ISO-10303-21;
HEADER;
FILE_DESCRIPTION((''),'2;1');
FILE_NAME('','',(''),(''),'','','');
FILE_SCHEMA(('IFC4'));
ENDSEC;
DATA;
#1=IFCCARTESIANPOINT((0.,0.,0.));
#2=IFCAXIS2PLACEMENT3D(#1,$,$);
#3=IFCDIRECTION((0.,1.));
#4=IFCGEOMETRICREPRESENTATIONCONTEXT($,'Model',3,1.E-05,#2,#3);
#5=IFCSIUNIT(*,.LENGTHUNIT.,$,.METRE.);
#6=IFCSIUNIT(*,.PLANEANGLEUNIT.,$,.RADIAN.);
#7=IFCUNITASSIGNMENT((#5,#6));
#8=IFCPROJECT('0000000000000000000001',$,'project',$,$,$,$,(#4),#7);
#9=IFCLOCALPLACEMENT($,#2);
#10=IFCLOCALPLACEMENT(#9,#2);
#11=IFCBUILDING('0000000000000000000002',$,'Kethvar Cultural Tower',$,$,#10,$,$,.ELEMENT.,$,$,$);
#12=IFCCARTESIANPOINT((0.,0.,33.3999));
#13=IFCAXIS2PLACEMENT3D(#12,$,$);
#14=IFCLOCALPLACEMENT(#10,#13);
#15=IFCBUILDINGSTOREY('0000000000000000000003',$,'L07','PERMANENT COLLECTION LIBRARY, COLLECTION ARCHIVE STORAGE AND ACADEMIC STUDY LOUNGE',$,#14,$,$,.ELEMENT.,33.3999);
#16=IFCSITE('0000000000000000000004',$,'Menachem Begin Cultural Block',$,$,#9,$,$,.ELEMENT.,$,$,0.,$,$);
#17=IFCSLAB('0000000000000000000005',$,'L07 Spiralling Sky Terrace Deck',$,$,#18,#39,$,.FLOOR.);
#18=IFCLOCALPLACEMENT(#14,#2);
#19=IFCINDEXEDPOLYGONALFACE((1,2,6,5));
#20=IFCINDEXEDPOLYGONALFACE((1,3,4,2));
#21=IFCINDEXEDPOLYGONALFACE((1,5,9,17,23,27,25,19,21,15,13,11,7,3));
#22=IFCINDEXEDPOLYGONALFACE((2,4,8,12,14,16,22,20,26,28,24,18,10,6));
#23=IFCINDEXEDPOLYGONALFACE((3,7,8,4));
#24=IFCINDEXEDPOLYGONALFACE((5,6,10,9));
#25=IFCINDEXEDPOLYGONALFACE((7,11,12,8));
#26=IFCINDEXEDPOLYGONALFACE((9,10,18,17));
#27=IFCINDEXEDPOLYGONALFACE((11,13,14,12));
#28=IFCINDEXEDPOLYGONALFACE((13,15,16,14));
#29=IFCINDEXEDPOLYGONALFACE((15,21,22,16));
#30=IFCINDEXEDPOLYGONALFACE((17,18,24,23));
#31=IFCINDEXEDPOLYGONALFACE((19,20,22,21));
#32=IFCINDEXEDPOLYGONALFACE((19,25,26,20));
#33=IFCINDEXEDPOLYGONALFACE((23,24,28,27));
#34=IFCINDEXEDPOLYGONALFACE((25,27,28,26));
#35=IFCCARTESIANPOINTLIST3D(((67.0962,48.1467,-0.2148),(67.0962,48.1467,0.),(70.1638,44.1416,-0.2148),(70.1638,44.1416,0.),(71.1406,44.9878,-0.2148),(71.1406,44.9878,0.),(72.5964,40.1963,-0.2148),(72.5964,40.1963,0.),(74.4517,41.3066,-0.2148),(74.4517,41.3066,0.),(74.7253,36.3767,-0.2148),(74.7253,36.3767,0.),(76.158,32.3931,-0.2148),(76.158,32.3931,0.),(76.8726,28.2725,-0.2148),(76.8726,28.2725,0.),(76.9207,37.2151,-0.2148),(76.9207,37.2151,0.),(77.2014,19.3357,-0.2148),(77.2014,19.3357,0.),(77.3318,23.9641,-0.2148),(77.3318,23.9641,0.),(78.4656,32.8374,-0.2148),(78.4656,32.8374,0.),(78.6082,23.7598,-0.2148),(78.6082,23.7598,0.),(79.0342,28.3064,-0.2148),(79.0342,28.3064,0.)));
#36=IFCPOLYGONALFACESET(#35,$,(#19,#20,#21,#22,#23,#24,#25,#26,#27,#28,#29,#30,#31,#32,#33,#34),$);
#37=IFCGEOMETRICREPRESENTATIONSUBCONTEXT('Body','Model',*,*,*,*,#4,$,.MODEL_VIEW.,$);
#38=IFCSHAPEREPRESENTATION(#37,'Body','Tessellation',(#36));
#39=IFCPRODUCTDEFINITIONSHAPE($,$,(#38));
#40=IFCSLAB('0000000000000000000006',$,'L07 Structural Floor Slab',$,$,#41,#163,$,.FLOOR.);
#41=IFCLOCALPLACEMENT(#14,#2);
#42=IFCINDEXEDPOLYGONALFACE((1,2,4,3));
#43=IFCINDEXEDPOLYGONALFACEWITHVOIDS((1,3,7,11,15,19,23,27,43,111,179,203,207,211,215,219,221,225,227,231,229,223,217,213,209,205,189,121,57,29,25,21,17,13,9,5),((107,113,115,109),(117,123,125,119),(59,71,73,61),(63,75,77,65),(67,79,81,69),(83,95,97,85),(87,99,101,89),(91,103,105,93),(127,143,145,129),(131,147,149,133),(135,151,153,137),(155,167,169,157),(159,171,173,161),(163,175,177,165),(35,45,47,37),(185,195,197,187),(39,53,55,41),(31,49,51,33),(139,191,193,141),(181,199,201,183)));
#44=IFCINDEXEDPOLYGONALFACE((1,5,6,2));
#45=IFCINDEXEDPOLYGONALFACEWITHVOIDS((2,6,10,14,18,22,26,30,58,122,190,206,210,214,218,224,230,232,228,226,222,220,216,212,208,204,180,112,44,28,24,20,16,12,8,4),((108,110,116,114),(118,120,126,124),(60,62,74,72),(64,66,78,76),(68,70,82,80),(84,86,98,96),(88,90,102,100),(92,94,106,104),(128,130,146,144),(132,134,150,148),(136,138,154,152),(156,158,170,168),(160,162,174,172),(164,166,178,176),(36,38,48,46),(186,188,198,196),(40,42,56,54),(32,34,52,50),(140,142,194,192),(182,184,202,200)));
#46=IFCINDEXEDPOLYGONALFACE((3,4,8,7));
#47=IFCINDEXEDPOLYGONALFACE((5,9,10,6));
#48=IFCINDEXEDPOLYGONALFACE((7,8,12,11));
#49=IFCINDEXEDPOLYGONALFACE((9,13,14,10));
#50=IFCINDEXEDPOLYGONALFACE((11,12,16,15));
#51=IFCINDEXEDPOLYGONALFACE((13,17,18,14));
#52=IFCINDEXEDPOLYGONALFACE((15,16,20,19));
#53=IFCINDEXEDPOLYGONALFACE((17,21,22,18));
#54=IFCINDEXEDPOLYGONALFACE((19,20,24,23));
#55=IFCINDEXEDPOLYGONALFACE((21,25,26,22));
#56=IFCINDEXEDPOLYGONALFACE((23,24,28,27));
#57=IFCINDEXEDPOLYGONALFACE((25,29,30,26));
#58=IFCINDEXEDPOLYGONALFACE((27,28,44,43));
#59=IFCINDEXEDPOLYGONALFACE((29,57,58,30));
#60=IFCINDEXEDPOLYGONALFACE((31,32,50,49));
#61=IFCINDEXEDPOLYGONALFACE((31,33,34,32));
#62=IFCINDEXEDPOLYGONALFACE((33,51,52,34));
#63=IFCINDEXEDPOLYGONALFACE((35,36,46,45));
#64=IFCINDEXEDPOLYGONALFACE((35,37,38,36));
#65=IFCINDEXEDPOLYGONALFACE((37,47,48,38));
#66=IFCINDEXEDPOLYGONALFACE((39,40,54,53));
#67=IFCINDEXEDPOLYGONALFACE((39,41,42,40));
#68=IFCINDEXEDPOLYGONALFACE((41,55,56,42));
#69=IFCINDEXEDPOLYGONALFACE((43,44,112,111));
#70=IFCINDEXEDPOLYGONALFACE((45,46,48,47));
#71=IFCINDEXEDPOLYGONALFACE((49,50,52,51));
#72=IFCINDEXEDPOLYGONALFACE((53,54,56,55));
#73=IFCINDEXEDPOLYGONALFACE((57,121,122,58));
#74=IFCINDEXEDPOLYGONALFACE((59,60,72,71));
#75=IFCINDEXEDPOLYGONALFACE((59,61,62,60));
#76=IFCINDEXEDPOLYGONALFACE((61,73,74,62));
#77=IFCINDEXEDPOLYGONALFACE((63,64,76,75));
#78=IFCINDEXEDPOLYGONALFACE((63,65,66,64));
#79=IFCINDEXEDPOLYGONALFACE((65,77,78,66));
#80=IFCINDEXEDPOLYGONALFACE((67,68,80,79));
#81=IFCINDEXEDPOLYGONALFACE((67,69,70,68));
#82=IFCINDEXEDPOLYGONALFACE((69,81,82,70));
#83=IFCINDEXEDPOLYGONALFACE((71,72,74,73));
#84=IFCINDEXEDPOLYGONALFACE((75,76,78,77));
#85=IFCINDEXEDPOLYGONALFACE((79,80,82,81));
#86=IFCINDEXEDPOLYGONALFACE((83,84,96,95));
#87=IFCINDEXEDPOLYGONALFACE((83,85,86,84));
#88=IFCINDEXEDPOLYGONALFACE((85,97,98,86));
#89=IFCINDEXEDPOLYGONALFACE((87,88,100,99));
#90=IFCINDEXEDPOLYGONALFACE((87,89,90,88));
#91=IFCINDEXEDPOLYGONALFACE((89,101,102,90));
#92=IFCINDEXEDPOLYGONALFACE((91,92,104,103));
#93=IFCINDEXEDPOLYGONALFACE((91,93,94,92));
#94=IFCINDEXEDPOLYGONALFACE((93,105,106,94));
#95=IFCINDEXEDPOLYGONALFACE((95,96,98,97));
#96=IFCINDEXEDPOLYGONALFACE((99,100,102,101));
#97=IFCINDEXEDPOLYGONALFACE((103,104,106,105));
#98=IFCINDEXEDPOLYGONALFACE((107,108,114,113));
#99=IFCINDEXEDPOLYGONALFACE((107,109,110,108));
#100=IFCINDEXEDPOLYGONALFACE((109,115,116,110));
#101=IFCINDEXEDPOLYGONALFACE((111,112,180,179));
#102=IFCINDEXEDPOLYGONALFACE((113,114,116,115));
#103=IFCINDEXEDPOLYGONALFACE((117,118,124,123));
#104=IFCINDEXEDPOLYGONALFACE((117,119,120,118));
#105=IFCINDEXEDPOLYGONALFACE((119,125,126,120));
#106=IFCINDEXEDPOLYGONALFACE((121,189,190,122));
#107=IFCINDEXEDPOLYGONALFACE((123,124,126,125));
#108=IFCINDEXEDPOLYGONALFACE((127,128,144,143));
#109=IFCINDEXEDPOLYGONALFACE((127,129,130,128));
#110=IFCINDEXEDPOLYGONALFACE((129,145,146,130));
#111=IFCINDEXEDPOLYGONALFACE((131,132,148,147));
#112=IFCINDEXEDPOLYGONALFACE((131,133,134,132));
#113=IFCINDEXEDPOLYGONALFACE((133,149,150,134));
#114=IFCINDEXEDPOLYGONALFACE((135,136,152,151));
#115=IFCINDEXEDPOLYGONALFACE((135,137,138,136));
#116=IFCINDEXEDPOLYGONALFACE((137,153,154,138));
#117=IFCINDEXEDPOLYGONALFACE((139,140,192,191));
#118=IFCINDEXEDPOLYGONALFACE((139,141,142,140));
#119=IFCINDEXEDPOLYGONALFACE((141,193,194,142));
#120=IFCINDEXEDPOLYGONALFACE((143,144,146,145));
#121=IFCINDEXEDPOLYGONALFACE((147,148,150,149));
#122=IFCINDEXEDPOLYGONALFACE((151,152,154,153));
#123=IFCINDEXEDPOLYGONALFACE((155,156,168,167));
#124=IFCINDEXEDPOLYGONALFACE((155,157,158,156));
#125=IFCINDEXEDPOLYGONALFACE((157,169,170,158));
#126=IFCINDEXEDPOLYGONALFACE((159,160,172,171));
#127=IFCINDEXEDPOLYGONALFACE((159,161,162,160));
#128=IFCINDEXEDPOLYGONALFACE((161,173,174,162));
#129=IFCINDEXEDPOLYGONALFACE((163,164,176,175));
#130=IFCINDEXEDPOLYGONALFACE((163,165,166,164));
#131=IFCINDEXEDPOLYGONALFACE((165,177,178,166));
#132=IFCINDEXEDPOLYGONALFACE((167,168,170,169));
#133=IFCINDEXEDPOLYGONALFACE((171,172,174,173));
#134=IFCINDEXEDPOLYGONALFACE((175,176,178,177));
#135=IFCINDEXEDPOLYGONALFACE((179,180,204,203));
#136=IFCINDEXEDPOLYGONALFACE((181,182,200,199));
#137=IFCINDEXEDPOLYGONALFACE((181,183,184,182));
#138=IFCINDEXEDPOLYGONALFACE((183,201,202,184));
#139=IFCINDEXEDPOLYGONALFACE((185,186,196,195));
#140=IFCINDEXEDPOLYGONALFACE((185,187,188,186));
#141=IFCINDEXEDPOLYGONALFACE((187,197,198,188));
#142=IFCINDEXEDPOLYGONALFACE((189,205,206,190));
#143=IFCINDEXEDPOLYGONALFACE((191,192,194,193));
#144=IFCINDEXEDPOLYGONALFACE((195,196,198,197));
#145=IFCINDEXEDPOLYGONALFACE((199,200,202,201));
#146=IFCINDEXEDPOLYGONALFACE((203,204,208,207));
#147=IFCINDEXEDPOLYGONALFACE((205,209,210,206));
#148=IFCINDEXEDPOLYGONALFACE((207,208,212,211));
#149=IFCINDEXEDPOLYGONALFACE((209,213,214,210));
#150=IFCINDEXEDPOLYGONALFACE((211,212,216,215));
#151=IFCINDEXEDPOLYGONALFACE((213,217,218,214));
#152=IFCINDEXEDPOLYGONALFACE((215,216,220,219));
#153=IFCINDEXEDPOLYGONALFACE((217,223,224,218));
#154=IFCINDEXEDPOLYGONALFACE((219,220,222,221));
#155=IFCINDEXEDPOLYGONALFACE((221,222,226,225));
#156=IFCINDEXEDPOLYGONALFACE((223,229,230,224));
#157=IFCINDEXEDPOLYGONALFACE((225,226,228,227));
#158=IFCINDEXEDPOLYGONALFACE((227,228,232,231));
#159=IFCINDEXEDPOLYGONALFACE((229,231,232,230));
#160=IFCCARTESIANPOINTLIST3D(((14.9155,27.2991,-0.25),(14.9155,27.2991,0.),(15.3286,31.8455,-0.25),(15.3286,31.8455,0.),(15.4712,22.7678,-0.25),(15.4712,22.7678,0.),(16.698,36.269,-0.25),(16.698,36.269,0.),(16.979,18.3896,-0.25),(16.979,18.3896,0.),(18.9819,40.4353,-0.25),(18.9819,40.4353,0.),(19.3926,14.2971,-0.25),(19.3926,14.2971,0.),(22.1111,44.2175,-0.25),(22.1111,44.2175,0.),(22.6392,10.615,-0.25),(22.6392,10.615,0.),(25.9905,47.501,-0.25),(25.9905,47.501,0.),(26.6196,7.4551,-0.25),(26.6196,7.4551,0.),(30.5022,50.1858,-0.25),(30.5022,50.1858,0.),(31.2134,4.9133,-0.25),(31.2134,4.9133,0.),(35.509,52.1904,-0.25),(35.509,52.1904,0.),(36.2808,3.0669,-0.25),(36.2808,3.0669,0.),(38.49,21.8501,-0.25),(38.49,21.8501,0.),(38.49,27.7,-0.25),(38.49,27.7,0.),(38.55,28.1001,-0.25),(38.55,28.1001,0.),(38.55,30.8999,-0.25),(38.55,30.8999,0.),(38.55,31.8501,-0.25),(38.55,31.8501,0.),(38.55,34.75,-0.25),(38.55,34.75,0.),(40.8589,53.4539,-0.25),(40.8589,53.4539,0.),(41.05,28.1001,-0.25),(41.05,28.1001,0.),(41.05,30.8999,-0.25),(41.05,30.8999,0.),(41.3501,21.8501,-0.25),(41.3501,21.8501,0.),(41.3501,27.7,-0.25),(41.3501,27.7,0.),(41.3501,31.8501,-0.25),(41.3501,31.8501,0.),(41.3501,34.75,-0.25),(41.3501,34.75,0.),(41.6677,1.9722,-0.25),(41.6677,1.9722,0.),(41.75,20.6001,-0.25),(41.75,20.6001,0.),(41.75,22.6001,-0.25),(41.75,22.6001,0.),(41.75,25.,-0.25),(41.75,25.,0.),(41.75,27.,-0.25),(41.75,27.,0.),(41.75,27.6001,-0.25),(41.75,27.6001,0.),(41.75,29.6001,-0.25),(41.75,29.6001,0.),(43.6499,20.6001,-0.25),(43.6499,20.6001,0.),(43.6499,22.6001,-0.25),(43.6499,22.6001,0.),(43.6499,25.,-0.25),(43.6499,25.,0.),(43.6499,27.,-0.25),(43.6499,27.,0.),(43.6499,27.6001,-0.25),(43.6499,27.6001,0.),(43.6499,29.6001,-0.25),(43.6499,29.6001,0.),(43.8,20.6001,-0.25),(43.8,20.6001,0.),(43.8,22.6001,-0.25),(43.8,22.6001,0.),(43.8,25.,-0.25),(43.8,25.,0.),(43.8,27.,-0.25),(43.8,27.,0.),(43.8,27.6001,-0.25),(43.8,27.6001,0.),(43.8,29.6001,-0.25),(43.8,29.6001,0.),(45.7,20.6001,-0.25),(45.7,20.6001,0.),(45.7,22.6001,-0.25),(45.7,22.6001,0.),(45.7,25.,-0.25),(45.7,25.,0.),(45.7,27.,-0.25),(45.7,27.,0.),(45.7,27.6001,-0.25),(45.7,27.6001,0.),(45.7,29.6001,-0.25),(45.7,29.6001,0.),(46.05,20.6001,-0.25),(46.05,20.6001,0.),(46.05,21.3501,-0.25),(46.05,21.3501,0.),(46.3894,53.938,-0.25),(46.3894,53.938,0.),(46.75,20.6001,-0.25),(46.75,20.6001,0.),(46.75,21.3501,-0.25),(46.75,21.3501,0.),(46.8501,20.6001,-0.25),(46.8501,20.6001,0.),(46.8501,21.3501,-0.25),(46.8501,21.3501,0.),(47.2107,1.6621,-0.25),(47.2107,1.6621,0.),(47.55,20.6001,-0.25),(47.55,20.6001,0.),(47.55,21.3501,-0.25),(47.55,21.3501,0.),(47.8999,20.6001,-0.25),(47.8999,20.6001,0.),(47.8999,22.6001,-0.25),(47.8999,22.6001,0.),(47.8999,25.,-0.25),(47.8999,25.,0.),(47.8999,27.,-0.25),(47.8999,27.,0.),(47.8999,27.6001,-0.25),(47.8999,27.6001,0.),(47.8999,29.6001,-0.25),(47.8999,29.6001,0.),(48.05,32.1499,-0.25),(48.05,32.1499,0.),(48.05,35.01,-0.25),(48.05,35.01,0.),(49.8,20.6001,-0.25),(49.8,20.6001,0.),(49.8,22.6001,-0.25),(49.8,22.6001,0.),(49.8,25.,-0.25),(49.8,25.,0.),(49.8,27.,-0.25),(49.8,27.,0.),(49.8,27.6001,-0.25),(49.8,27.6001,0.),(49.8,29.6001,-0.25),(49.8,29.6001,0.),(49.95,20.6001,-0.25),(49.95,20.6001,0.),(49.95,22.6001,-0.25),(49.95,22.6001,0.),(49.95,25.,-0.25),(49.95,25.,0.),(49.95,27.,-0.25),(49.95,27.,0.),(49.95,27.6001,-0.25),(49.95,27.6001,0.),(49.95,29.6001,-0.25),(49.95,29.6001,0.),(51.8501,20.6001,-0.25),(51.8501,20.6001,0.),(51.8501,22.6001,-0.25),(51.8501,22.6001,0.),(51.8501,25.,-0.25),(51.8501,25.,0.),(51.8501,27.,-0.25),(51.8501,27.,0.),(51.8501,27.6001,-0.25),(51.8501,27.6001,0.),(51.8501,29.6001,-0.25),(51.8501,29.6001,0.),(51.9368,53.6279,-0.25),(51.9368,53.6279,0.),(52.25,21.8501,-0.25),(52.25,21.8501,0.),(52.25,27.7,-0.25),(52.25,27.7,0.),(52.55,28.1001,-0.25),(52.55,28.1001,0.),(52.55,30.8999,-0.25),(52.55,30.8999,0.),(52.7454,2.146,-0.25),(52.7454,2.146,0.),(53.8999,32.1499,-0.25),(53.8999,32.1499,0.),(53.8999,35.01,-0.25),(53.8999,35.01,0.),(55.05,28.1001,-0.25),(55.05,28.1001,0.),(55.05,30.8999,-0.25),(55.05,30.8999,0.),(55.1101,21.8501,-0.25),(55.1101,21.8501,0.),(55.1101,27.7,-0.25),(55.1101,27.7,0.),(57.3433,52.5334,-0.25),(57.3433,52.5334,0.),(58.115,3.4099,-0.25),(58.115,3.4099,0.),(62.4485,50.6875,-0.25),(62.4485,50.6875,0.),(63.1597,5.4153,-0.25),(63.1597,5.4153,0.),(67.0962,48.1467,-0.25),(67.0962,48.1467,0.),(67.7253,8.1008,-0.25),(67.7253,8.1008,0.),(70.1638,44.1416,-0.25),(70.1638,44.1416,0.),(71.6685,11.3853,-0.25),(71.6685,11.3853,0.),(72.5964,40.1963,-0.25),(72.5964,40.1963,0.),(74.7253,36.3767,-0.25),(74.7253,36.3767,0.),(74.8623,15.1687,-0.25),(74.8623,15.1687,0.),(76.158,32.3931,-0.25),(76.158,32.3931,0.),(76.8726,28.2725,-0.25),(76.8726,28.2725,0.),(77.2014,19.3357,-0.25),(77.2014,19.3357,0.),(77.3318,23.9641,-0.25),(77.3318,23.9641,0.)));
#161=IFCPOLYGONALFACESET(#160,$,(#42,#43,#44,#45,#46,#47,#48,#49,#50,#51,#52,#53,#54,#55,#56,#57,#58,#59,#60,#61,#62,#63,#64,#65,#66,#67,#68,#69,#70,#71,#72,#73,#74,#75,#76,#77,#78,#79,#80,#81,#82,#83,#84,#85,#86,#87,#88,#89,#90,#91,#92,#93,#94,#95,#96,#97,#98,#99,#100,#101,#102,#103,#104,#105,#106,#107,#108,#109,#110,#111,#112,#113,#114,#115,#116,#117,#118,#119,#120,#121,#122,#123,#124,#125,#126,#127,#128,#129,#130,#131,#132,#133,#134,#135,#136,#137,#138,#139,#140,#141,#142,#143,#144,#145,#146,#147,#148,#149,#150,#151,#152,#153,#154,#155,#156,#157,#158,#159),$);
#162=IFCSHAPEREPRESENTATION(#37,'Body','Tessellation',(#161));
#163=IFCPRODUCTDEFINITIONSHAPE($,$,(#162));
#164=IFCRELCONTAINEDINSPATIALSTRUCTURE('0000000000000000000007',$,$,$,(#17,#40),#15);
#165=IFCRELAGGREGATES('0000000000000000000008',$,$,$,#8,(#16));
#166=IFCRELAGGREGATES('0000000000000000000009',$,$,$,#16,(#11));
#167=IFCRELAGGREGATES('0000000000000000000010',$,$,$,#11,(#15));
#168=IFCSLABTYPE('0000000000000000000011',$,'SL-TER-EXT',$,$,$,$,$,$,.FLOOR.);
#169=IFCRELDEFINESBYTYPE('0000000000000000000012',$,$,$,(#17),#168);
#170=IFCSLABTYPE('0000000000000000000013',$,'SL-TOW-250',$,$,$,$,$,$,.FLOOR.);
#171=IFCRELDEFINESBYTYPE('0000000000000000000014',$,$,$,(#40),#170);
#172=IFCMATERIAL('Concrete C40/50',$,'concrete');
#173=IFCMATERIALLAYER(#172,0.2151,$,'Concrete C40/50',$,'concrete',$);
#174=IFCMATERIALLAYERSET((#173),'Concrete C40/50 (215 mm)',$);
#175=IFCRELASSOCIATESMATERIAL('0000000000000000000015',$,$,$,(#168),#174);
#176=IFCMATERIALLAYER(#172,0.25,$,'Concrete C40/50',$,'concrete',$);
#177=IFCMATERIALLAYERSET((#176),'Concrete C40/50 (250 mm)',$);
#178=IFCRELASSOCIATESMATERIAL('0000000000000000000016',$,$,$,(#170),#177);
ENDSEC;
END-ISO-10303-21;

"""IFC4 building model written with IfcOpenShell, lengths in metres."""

from ifc_helpers import new_model, si_unit, direction, frame, origin, place, context, subcontext, project, spatial, polyline, outline, extrude, material, layer, layer_set, type_object, element, save


model = new_model("IFC4")

# Units and contexts
model_context = context("Model", 3, precision=1e-05, world=origin(), true_north=direction((0.0, 1.0)))
body_context = subcontext(model_context, "Body", "Model", "MODEL_VIEW")
ifc_project = project(units=[si_unit("LENGTHUNIT", "METRE"), si_unit("PLANEANGLEUNIT", "RADIAN")], contexts=[model_context])

# Site, building, storey
site_placement = place(None, origin())
site = spatial("IfcSite", under=ifc_project, at=site_placement, Name="Menachem Begin Cultural Block", CompositionType="ELEMENT", RefElevation=0.0)
building_placement = place(site_placement, origin())
building = spatial("IfcBuilding", under=site, at=building_placement, Name="Kethvar Cultural Tower", CompositionType="ELEMENT")
storey_placement = place(building_placement, frame((0.0, 0.0, 33.3999)))
storey = spatial("IfcBuildingStorey", under=building, at=storey_placement, Name="L07", Description="PERMANENT COLLECTION LIBRARY, COLLECTION ARCHIVE STORAGE AND ACADEMIC STUDY LOUNGE", CompositionType="ELEMENT", Elevation=33.3999)

# Shared definitions
ifc_material_1 = material(Name="Concrete C40/50", Category="concrete")

# Slabs
ifc_layer_1 = layer(ifc_material_1, 0.2151, Name="Concrete C40/50", Category="concrete")
ifc_layer_set_1 = layer_set([ifc_layer_1], Name="Concrete C40/50 (215 mm)")
slab_type_1 = type_object("IfcSlabType", Name="SL-TER-EXT", PredefinedType="FLOOR", material=ifc_layer_set_1)
slab_1_placement = place(storey_placement, frame((0.0, 0.0, -0.2148)))
element("IfcSlab", 1, at=slab_1_placement, inside=storey, type_object=slab_type_1, Name="L07 Spiralling Sky Terrace Deck", PredefinedType="FLOOR", context=body_context, shape_type="SweptSolid", body=[
    extrude(outline(polyline([(77.2014, 19.3357), (78.6082, 23.7598), (79.0342, 28.3064), (78.4656, 32.8374), (76.9207, 37.2151), (74.4517, 41.3066), (71.1406, 44.9878), (67.0962, 48.1467), (70.1638, 44.1416), (72.5964, 40.1963), (74.7253, 36.3767), (76.158, 32.3931), (76.8726, 28.2725), (77.3318, 23.9641), (77.2014, 19.3357)])), origin(), (0.0, 0.0, 1.0), 0.2148),
])
ifc_layer_2 = layer(ifc_material_1, 0.25, Name="Concrete C40/50", Category="concrete")
ifc_layer_set_2 = layer_set([ifc_layer_2], Name="Concrete C40/50 (250 mm)")
slab_type_2 = type_object("IfcSlabType", Name="SL-TOW-250", PredefinedType="FLOOR", material=ifc_layer_set_2)
slab_2_placement = place(storey_placement, frame((0.0, 0.0, -0.25)))
element("IfcSlab", 2, at=slab_2_placement, inside=storey, type_object=slab_type_2, Name="L07 Structural Floor Slab", PredefinedType="FLOOR", context=body_context, shape_type="SweptSolid", body=[
    extrude(outline(polyline([(76.8726, 28.2725), (76.158, 32.3931), (74.7253, 36.3767), (72.5964, 40.1963), (70.1638, 44.1416), (67.0962, 48.1467), (62.4485, 50.6875), (57.3433, 52.5334), (51.9368, 53.6279), (46.3894, 53.938), (40.8589, 53.4539), (35.509, 52.1904), (30.5022, 50.1858), (25.9905, 47.501), (22.1111, 44.2175), (18.9819, 40.4353), (16.698, 36.269), (15.3286, 31.8455), (14.9155, 27.2991), (15.4712, 22.7678), (16.979, 18.3896), (19.3926, 14.2971), (22.6392, 10.615), (26.6196, 7.4551), (31.2134, 4.9133), (36.2808, 3.0669), (41.6677, 1.9722), (47.2107, 1.6621), (52.7454, 2.146), (58.115, 3.4099), (63.1597, 5.4153), (67.7253, 8.1008), (71.6685, 11.3853), (74.8623, 15.1687), (77.2014, 19.3357), (77.3318, 23.9641), (76.8726, 28.2725)]), holes=[polyline([(38.49, 21.8501), (38.49, 27.7), (41.3501, 27.7), (41.3501, 21.8501), (38.49, 21.8501)]), polyline([(52.25, 21.8501), (52.25, 27.7), (55.1101, 27.7), (55.1101, 21.8501), (52.25, 21.8501)]), polyline([(53.8999, 32.1499), (48.05, 32.1499), (48.05, 35.01), (53.8999, 35.01), (53.8999, 32.1499)]), polyline([(41.75, 22.6001), (43.6499, 22.6001), (43.6499, 20.6001), (41.75, 20.6001), (41.75, 22.6001)]), polyline([(43.8, 22.6001), (45.7, 22.6001), (45.7, 20.6001), (43.8, 20.6001), (43.8, 22.6001)]), polyline([(47.8999, 22.6001), (49.8, 22.6001), (49.8, 20.6001), (47.8999, 20.6001), (47.8999, 22.6001)]), polyline([(49.95, 22.6001), (51.8501, 22.6001), (51.8501, 20.6001), (49.95, 20.6001), (49.95, 22.6001)]), polyline([(41.75, 27.0), (43.6499, 27.0), (43.6499, 25.0), (41.75, 25.0), (41.75, 27.0)]), polyline([(43.8, 27.0), (45.7, 27.0), (45.7, 25.0), (43.8, 25.0), (43.8, 27.0)]), polyline([(47.8999, 27.0), (49.8, 27.0), (49.8, 25.0), (47.8999, 25.0), (47.8999, 27.0)]), polyline([(49.95, 27.0), (51.8501, 27.0), (51.8501, 25.0), (49.95, 25.0), (49.95, 27.0)]), polyline([(41.75, 29.6001), (43.6499, 29.6001), (43.6499, 27.6001), (41.75, 27.6001), (41.75, 29.6001)]), polyline([(43.8, 29.6001), (45.7, 29.6001), (45.7, 27.6001), (43.8, 27.6001), (43.8, 29.6001)]), polyline([(47.8999, 29.6001), (49.8, 29.6001), (49.8, 27.6001), (47.8999, 27.6001), (47.8999, 29.6001)]), polyline([(49.95, 29.6001), (51.8501, 29.6001), (51.8501, 27.6001), (49.95, 27.6001), (49.95, 29.6001)]), polyline([(38.55, 30.8999), (41.05, 30.8999), (41.05, 28.1001), (38.55, 28.1001), (38.55, 30.8999)]), polyline([(52.55, 30.8999), (55.05, 30.8999), (55.05, 28.1001), (52.55, 28.1001), (52.55, 30.8999)]), polyline([(38.55, 34.75), (41.3501, 34.75), (41.3501, 31.8501), (38.55, 31.8501), (38.55, 34.75)]), polyline([(46.05, 21.3501), (46.75, 21.3501), (46.75, 20.6001), (46.05, 20.6001), (46.05, 21.3501)]), polyline([(46.8501, 21.3501), (47.55, 21.3501), (47.55, 20.6001), (46.8501, 20.6001), (46.8501, 21.3501)])]), origin(), (0.0, 0.0, 1.0), 0.25),
])

save(model, "model.ifc")
